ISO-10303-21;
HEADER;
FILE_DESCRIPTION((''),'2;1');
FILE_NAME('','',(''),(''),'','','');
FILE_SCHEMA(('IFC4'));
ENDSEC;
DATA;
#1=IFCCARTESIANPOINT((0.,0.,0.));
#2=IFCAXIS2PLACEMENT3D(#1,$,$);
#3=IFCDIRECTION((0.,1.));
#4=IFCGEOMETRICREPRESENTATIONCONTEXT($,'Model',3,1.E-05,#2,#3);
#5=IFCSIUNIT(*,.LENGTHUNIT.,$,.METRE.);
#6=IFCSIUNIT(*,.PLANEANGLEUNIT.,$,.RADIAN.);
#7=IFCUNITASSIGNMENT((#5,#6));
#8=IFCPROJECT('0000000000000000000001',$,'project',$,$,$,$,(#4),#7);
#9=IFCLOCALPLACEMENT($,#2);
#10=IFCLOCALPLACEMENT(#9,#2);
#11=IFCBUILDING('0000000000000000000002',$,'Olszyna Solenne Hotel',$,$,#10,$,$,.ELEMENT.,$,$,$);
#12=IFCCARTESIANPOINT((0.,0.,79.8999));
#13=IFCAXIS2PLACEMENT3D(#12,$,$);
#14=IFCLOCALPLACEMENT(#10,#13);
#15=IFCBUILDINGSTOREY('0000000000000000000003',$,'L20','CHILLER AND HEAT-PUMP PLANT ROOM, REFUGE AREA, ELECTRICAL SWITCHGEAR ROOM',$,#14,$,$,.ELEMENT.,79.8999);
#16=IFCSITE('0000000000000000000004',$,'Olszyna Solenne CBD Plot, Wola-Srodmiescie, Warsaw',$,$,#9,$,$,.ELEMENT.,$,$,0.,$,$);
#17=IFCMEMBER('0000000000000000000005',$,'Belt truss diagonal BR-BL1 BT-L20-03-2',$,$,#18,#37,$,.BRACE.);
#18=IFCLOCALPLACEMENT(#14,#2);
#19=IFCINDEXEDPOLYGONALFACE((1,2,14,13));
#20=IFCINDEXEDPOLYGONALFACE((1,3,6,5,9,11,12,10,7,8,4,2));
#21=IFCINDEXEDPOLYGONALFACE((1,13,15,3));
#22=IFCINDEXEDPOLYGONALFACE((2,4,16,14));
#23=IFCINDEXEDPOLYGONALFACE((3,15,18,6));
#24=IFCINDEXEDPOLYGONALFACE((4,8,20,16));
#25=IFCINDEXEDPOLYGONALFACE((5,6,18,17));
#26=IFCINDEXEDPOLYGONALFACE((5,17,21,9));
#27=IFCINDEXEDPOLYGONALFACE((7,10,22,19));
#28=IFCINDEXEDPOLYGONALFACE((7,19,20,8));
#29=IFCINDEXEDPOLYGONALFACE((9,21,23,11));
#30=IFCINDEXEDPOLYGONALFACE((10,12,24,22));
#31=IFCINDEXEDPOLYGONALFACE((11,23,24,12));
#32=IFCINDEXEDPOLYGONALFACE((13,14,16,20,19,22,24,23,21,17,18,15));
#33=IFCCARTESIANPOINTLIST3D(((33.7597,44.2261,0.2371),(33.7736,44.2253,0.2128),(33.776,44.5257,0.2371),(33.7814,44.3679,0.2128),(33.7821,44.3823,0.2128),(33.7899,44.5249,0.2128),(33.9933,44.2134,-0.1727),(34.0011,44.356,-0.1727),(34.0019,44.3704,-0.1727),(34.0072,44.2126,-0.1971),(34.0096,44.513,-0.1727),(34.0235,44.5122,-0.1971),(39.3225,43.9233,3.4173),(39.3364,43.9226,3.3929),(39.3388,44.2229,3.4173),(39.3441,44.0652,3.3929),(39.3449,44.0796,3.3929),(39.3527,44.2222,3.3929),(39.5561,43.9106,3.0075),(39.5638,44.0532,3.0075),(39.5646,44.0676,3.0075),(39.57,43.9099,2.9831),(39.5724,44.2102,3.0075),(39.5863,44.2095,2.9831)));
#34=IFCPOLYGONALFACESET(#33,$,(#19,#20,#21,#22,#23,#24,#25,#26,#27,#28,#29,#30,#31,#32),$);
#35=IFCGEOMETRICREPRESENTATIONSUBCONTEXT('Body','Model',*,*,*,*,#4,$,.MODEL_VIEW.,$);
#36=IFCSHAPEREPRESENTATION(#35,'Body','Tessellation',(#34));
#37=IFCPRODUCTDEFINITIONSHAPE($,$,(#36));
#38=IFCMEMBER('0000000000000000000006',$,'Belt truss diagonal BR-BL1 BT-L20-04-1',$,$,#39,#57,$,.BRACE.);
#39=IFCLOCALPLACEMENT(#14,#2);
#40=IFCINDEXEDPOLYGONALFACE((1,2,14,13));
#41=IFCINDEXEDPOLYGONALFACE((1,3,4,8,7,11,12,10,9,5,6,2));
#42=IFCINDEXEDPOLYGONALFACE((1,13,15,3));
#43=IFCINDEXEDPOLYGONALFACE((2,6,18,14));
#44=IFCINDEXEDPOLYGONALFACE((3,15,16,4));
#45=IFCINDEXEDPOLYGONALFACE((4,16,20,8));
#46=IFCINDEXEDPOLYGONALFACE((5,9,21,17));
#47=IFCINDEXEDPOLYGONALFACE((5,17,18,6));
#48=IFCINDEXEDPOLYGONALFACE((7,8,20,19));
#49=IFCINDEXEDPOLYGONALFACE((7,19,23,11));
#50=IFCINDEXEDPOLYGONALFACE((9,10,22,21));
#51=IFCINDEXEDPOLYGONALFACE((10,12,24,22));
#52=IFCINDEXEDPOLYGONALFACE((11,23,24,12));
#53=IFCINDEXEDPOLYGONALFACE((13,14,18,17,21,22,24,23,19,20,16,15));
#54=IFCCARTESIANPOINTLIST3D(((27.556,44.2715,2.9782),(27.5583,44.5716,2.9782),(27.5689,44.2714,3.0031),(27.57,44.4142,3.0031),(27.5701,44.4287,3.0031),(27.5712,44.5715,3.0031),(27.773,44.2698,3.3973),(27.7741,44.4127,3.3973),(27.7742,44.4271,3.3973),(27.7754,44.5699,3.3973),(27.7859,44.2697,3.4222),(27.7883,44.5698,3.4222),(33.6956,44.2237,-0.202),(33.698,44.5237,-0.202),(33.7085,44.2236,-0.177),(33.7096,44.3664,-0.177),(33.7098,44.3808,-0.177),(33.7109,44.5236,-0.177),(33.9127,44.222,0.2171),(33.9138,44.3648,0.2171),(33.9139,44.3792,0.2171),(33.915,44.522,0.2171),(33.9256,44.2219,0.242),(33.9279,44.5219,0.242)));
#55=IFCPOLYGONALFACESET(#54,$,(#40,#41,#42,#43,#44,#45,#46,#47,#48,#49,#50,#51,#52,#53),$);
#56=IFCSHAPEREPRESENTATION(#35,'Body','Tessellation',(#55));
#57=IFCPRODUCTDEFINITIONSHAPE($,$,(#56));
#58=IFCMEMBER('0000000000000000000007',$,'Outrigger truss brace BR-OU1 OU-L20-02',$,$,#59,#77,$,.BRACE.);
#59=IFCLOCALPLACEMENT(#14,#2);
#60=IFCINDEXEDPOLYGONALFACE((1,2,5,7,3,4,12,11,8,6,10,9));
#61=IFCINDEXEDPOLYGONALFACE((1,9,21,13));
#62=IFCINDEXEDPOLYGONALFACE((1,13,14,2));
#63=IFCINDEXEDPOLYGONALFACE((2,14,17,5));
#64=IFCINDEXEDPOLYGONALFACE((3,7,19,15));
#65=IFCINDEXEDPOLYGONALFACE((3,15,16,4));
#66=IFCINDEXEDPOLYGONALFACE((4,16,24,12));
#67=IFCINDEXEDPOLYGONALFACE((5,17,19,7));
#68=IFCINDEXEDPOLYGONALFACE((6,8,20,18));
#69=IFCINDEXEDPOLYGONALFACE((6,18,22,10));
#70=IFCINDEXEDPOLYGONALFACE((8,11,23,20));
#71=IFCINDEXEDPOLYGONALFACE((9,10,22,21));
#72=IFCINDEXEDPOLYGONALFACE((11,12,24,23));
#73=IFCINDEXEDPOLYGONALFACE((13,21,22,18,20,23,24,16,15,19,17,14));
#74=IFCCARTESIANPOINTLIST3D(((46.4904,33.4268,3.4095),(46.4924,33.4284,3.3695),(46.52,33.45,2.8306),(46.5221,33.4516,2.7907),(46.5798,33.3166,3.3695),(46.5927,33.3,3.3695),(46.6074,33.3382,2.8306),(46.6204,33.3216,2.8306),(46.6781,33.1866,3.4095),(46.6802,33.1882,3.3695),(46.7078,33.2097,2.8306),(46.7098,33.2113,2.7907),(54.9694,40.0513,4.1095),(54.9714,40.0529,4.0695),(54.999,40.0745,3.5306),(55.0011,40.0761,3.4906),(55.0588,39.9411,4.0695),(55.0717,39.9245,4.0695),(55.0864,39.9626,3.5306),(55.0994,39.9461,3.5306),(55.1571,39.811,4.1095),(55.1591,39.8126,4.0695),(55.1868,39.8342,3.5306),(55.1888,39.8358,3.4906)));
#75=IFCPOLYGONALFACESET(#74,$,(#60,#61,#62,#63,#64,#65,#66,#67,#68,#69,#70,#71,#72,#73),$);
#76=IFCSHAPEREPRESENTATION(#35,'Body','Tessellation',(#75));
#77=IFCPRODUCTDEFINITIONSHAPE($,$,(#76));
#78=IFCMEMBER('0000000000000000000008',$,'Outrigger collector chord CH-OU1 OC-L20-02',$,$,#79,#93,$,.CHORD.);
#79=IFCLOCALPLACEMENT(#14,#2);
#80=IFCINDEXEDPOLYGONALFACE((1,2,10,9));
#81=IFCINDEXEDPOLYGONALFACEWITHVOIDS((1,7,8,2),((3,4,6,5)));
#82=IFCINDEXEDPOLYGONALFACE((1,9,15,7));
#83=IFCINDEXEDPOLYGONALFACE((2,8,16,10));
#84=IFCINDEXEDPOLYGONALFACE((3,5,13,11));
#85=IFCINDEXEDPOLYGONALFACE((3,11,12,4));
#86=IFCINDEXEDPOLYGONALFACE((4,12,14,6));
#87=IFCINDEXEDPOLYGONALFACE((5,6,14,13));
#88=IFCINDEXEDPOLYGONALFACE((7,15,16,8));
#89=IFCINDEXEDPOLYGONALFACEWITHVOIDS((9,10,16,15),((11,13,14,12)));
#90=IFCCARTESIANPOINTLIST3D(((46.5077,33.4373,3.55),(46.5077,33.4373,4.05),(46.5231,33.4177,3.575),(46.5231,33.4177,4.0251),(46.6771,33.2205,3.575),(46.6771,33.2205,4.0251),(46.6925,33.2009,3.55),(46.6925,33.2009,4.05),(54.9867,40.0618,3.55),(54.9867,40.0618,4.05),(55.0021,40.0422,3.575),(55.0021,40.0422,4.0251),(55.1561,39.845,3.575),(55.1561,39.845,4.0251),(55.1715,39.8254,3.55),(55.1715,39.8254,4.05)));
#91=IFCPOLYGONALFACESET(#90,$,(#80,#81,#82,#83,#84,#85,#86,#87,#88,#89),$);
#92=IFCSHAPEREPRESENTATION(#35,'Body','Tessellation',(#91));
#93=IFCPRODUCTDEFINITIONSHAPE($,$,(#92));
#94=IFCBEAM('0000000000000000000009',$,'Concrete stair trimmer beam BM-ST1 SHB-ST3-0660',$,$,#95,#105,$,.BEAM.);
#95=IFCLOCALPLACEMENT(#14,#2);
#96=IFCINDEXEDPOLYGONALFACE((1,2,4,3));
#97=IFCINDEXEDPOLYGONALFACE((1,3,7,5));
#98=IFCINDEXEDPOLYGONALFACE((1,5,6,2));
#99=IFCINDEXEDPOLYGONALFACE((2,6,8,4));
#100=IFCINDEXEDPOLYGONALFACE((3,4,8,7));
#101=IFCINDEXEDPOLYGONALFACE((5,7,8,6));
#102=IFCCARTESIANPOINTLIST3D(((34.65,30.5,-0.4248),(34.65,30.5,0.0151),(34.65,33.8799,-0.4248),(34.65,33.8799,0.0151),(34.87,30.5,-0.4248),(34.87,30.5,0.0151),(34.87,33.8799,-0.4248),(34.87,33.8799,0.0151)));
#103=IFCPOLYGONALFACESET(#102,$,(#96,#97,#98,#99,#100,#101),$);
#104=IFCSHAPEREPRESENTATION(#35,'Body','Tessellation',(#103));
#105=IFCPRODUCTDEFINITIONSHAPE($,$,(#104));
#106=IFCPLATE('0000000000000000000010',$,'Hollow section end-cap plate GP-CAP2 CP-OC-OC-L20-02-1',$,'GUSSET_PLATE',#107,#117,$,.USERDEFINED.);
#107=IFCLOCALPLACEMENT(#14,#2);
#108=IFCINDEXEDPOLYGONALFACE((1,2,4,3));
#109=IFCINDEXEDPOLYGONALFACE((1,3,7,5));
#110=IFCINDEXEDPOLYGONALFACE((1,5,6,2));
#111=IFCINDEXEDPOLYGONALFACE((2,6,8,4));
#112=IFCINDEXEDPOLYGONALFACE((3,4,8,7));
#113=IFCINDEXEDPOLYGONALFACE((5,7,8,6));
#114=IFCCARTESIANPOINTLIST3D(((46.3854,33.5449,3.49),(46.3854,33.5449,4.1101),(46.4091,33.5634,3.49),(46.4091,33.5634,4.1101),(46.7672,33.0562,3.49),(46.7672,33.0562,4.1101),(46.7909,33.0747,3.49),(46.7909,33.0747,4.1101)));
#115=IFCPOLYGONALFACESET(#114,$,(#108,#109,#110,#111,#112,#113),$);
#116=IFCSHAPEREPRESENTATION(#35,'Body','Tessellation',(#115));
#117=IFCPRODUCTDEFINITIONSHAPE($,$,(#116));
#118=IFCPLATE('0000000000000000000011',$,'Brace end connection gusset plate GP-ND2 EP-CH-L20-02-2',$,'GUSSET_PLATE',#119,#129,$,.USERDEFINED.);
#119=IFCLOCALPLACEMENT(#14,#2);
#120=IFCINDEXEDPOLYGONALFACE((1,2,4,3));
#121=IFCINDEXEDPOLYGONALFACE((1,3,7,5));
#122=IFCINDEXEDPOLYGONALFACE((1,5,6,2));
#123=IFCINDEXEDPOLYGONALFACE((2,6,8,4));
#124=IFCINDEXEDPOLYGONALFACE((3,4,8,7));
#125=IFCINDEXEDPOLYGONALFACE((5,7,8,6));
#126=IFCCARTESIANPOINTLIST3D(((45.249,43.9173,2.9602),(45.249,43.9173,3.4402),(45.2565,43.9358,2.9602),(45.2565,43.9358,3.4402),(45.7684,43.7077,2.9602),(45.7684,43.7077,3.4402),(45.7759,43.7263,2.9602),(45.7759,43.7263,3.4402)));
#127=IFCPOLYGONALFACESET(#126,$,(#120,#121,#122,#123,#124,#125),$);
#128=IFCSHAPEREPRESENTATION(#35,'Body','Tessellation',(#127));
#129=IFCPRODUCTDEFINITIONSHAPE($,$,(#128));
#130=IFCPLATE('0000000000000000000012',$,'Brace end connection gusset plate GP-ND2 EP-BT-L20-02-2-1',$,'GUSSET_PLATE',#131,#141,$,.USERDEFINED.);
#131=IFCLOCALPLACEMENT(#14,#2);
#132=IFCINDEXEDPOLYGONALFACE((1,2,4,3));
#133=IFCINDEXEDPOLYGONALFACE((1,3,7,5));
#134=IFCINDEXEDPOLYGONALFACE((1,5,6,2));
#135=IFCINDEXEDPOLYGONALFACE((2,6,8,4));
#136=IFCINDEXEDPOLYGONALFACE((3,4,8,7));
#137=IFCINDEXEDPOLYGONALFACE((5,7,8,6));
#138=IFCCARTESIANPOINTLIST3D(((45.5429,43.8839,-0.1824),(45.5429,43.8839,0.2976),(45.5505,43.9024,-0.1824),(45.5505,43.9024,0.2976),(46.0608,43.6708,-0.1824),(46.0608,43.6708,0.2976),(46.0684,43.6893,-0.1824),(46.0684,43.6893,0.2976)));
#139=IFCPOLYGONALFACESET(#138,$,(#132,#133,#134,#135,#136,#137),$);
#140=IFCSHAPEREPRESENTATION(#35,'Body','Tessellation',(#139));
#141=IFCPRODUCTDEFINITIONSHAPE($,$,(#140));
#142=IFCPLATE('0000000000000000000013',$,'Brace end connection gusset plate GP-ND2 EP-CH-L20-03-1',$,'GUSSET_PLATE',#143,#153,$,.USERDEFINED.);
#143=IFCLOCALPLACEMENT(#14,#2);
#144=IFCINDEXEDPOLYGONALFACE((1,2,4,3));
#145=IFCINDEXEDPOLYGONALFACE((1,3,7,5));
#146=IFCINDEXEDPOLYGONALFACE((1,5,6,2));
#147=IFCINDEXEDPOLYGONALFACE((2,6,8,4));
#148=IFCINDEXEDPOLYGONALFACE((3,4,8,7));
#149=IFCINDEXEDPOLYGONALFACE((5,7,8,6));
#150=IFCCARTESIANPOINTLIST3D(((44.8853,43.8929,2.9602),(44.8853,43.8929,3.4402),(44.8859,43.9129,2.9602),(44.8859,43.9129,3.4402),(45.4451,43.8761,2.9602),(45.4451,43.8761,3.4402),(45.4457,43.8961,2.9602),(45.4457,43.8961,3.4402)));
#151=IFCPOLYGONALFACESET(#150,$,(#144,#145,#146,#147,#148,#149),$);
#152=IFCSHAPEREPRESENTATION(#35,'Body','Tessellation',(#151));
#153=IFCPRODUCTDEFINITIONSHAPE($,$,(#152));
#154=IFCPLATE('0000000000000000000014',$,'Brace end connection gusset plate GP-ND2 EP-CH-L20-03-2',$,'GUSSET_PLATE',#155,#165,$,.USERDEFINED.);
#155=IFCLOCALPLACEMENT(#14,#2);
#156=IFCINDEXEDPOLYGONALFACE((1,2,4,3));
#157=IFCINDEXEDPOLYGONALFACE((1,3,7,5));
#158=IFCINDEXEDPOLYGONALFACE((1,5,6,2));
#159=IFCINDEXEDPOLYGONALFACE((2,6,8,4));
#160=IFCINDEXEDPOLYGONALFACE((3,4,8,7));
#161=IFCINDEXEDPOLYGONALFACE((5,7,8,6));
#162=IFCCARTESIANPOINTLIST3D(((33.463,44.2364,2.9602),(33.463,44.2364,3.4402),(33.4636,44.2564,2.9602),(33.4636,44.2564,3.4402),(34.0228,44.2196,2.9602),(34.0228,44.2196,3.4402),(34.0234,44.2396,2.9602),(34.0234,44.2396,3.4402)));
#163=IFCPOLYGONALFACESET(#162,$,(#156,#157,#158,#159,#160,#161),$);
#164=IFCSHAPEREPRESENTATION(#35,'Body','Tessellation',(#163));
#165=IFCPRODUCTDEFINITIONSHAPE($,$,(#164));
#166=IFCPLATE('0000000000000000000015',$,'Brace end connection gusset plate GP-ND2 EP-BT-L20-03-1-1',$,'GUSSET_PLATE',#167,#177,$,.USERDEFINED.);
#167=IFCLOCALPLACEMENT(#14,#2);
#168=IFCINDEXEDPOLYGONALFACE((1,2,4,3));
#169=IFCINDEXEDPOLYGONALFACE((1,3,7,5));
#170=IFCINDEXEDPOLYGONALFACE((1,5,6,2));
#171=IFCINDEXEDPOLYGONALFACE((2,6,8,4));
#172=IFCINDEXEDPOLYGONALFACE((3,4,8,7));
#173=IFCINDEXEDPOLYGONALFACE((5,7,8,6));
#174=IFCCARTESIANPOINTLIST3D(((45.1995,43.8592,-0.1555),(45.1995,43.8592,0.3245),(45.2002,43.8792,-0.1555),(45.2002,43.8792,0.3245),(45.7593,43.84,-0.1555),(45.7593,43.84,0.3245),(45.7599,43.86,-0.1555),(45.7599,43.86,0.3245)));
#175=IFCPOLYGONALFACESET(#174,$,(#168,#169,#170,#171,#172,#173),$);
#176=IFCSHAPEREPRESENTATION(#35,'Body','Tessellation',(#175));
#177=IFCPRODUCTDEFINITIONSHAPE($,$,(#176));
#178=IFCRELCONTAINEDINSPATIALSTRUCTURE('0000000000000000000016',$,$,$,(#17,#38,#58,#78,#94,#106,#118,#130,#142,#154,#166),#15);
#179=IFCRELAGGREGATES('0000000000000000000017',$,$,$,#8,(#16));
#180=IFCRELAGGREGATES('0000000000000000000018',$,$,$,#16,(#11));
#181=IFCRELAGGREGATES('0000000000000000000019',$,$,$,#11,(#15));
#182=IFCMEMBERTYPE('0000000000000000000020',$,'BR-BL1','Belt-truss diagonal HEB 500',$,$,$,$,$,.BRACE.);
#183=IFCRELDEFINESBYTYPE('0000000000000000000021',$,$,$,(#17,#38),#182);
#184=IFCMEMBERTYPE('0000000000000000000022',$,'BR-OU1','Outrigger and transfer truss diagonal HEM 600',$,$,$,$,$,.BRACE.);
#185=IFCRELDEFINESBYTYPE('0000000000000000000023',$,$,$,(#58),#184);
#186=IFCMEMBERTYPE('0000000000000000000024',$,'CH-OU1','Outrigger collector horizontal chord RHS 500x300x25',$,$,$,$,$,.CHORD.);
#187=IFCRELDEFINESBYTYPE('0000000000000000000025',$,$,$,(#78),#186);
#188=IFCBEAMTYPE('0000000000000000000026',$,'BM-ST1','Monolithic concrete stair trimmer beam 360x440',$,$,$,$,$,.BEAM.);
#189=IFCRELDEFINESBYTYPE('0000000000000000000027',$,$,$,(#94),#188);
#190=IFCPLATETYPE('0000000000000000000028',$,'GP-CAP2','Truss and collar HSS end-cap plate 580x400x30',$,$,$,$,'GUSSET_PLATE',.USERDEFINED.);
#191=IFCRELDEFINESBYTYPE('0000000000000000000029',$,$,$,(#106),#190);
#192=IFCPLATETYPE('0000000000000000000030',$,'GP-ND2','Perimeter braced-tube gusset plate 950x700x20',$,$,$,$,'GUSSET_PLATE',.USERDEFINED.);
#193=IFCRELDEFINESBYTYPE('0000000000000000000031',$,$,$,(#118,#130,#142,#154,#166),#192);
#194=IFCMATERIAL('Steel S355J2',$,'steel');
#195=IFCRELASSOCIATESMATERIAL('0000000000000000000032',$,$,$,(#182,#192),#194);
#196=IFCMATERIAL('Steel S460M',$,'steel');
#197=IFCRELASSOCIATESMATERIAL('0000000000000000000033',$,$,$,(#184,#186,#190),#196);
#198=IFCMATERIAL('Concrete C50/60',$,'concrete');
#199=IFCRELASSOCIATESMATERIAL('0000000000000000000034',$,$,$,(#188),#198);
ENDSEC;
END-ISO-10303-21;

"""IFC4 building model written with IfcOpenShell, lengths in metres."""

from ifc_helpers import new_model, si_unit, direction, frame, origin, origin_2d, place, context, subcontext, project, spatial, rectangle, hollow_rectangle, i_section, extrude, source, transform, mapped, material, material_profile, profile_set, type_object, element, save


model = new_model("IFC4")

# Units and contexts
model_context = context("Model", 3, precision=1e-05, world=origin(), true_north=direction((0.0, 1.0)))
body_context = subcontext(model_context, "Body", "Model", "MODEL_VIEW")
ifc_project = project(units=[si_unit("LENGTHUNIT", "METRE"), si_unit("PLANEANGLEUNIT", "RADIAN")], contexts=[model_context])

# Site, building, storey
site_placement = place(None, origin())
site = spatial("IfcSite", under=ifc_project, at=site_placement, Name="Olszyna Solenne CBD Plot, Wola-Srodmiescie, Warsaw", CompositionType="ELEMENT", RefElevation=0.0)
building_placement = place(site_placement, origin())
building = spatial("IfcBuilding", under=site, at=building_placement, Name="Olszyna Solenne Hotel", CompositionType="ELEMENT")
storey_placement = place(building_placement, frame((0.0, 0.0, 79.8999)))
storey = spatial("IfcBuildingStorey", under=building, at=storey_placement, Name="L20", Description="CHILLER AND HEAT-PUMP PLANT ROOM, REFUGE AREA, ELECTRICAL SWITCHGEAR ROOM", CompositionType="ELEMENT", Elevation=79.8999)

# Shared definitions
ifc_material_1 = material(Name="Steel S460M", Category="steel")

# Shared definitions
ifc_material_2 = material(Name="Steel S355J2", Category="steel")

# Members
ifc_material_profile_1 = material_profile(ifc_material_2, i_section(OverallWidth=0.3, OverallDepth=0.5, WebThickness=0.0144, FlangeThickness=0.0281, at=origin_2d()), Name="HEB 500", Category="load-bearing")
ifc_profile_set_1 = profile_set([ifc_material_profile_1], Name="Steel S355J2")
member_type_1 = type_object("IfcMemberType", Name="BR-BL1", Description="Belt-truss diagonal HEB 500", PredefinedType="BRACE", material=ifc_profile_set_1)
shared_shape_1 = source(origin(), body_context, "Body", "SweptSolid", [
    extrude(i_section(OverallWidth=0.3, OverallDepth=0.5, WebThickness=0.0144, FlangeThickness=0.0281, at=origin_2d()), origin(), (0.0, 0.0, 1.0), 6.4148),
])
member_1_placement = place(storey_placement, frame((33.8916, 44.3691, 0.02), z_axis=(0.867177, -0.047193, 0.495758), x_axis=(0.054341, 0.998522, 0.0)))
element("IfcMember", 1, at=member_1_placement, inside=storey, type_object=member_type_1, Name="Belt truss diagonal BR-BL1 BT-L20-03-2", PredefinedType="BRACE", context=body_context, shape_type="MappedRepresentation", body=[
    mapped(shared_shape_1, transform((0.0, 0.0, 0.0), x_axis=(1.0, 0.0, 0.0), y_axis=(0.0, 1.0, 0.0), z_axis=(0.0, 0.0, 1.0), scale=1.0)),
])
shared_shape_2 = source(origin(), body_context, "Body", "SweptSolid", [
    extrude(i_section(OverallWidth=0.3, OverallDepth=0.5, WebThickness=0.0144, FlangeThickness=0.0281, at=origin_2d()), origin(), (0.0, 0.0, 1.0), 6.9146),
])
member_2_placement = place(storey_placement, frame((33.8118, 44.3728, 0.02), z_axis=(-0.887931, 0.00692, 0.459925), x_axis=(-0.007794, -0.99997, 0.0)))
element("IfcMember", 2, at=member_2_placement, inside=storey, type_object=member_type_1, Name="Belt truss diagonal BR-BL1 BT-L20-04-1", PredefinedType="BRACE", context=body_context, shape_type="MappedRepresentation", body=[
    mapped(shared_shape_2, transform((0.0, 0.0, 0.0), x_axis=(1.0, 0.0, 0.0), y_axis=(0.0, 1.0, 0.0), z_axis=(0.0, 0.0, 1.0), scale=1.0)),
])
ifc_material_profile_2 = material_profile(ifc_material_1, i_section(OverallWidth=0.3049, OverallDepth=0.6201, WebThickness=0.021, FlangeThickness=0.04, at=origin_2d()), Name="HEM 600", Category="load-bearing")
ifc_profile_set_2 = profile_set([ifc_material_profile_2], Name="Steel S460M")
member_type_2 = type_object("IfcMemberType", Name="BR-OU1", Description="Outrigger and transfer truss diagonal HEM 600", PredefinedType="BRACE", material=ifc_profile_set_2)
shared_shape_3 = source(origin(), body_context, "Body", "SweptSolid", [
    extrude(i_section(OverallWidth=0.3049, OverallDepth=0.6201, WebThickness=0.021, FlangeThickness=0.04, at=origin_2d()), origin(), (0.0, 0.0, 1.0), 10.7827),
])
member_3_placement = place(storey_placement, frame((46.6001, 33.3191, 3.1001), z_axis=(0.786349, 0.614362, 0.064914), x_axis=(-0.615661, 0.788011, 0.0)))
element("IfcMember", 3, at=member_3_placement, inside=storey, type_object=member_type_2, Name="Outrigger truss brace BR-OU1 OU-L20-02", PredefinedType="BRACE", context=body_context, shape_type="MappedRepresentation", body=[
    mapped(shared_shape_3, transform((0.0, 0.0, 0.0), x_axis=(1.0, 0.0, 0.0), y_axis=(0.0, 1.0, 0.0), z_axis=(0.0, 0.0, 1.0), scale=1.0)),
])
ifc_material_profile_3 = material_profile(ifc_material_1, hollow_rectangle(XDim=0.3, YDim=0.5, WallThickness=0.0249, at=origin_2d()), Name="RHS 500x300x25", Category="load-bearing")
ifc_profile_set_3 = profile_set([ifc_material_profile_3], Name="Steel S460M")
member_type_3 = type_object("IfcMemberType", Name="CH-OU1", Description="Outrigger collector horizontal chord RHS 500x300x25", PredefinedType="CHORD", material=ifc_profile_set_3)
shared_shape_4 = source(origin(), body_context, "Body", "SweptSolid", [
    extrude(hollow_rectangle(XDim=0.3, YDim=0.5, WallThickness=0.0249, at=origin_2d()), origin(), (0.0, 0.0, 1.0), 10.76),
])
member_4_placement = place(storey_placement, frame((46.6001, 33.3191, 3.8), z_axis=(0.788011, 0.615661, 0.0), x_axis=(-0.615661, 0.788011, 0.0)))
element("IfcMember", 4, at=member_4_placement, inside=storey, type_object=member_type_3, Name="Outrigger collector chord CH-OU1 OC-L20-02", PredefinedType="CHORD", context=body_context, shape_type="MappedRepresentation", body=[
    mapped(shared_shape_4, transform((0.0, 0.0, 0.0), x_axis=(1.0, 0.0, 0.0), y_axis=(0.0, 1.0, 0.0), z_axis=(0.0, 0.0, 1.0), scale=1.0)),
])

# Beam
ifc_material_3 = material(Name="Concrete C50/60", Category="concrete")
ifc_material_profile_4 = material_profile(ifc_material_3, rectangle(XDim=0.22, YDim=0.4399, at=origin_2d()), Name="RC 220x440", Category="load-bearing")
ifc_profile_set_4 = profile_set([ifc_material_profile_4], Name="Concrete C50/60")
beam_type_1 = type_object("IfcBeamType", Name="BM-ST1", Description="Monolithic concrete stair trimmer beam 360x440", PredefinedType="BEAM", material=ifc_profile_set_4)
shared_shape_5 = source(origin(), body_context, "Body", "SweptSolid", [
    extrude(rectangle(XDim=0.22, YDim=0.4399, at=origin_2d()), origin(), (0.0, 0.0, 1.0), 3.3799),
])
beam_1_placement = place(storey_placement, frame((34.76, 30.5, -0.2048), z_axis=(0.0, 1.0, 0.0), x_axis=(-1.0, 0.0, 0.0)))
element("IfcBeam", 5, at=beam_1_placement, inside=storey, type_object=beam_type_1, Name="Concrete stair trimmer beam BM-ST1 SHB-ST3-0660", PredefinedType="BEAM", context=body_context, shape_type="MappedRepresentation", body=[
    mapped(shared_shape_5, transform((0.0, 0.0, 0.0), x_axis=(1.0, 0.0, 0.0), y_axis=(0.0, 1.0, 0.0), z_axis=(0.0, 0.0, 1.0), scale=1.0)),
])

# Plates
plate_type_1 = type_object("IfcPlateType", Name="GP-CAP2", Description="Truss and collar HSS end-cap plate 580x400x30", ElementType="GUSSET_PLATE", PredefinedType="USERDEFINED", material=ifc_material_1)
shared_shape_6 = source(origin(), body_context, "Body", "SweptSolid", [
    extrude(rectangle(XDim=0.03, YDim=0.6201, at=origin_2d()), origin(), (0.0, 0.0, 1.0), 0.6201),
])
plate_1_placement = place(storey_placement, frame((46.5881, 33.3098, 3.49), z_axis=(0.0, 0.0, 1.0), x_axis=(0.788011, 0.615661, 0.0)))
element("IfcPlate", 6, at=plate_1_placement, inside=storey, type_object=plate_type_1, Name="Hollow section end-cap plate GP-CAP2 CP-OC-OC-L20-02-1", ObjectType="GUSSET_PLATE", PredefinedType="USERDEFINED", context=body_context, shape_type="MappedRepresentation", body=[
    mapped(shared_shape_6, transform((0.0, 0.0, 0.0), x_axis=(1.0, 0.0, 0.0), y_axis=(0.0, 1.0, 0.0), z_axis=(0.0, 0.0, 1.0), scale=1.0)),
])
plate_type_2 = type_object("IfcPlateType", Name="GP-ND2", Description="Perimeter braced-tube gusset plate 950x700x20", ElementType="GUSSET_PLATE", PredefinedType="USERDEFINED", material=ifc_material_2)
shared_shape_7 = source(origin(), body_context, "Body", "SweptSolid", [
    extrude(rectangle(XDim=0.5601, YDim=0.02, at=origin_2d()), origin(), (0.0, 0.0, 1.0), 0.48),
])
for number, where, z_axis, x_axis, name in (
    (7, (45.5125, 43.8218, 2.9602), (0.0, 0.0, 1.0), (-0.92738, 0.374121, 0.0), "Brace end connection gusset plate GP-ND2 EP-CH-L20-02-2"),
    (8, (45.8057, 43.7866, -0.1824), (0.0, 0.0, 1.0), (0.924812, -0.380425, 0.0), "Brace end connection gusset plate GP-ND2 EP-BT-L20-02-2-1"),
    (9, (45.1655, 43.8945, 2.9602), (0.0, 0.0, 1.0), (-0.999549, 0.030015, 0.0), "Brace end connection gusset plate GP-ND2 EP-CH-L20-03-1"),
    (10, (33.7432, 44.238, 2.9602), (0.0, 0.0, 1.0), (-0.999549, 0.030015, 0.0), "Brace end connection gusset plate GP-ND2 EP-CH-L20-03-2"),
    (11, (45.4797, 43.8596, -0.1555), (0.0, 0.0, 1.0), (-0.999415, 0.034202, 0.0), "Brace end connection gusset plate GP-ND2 EP-BT-L20-03-1-1"),
):
    element("IfcPlate", number, at=place(storey_placement, frame(where, z_axis=z_axis, x_axis=x_axis)), inside=storey, type_object=plate_type_2, Name=name, ObjectType="GUSSET_PLATE", PredefinedType="USERDEFINED", context=body_context, shape_type="MappedRepresentation", body=[
        mapped(shared_shape_7, transform((0.0, 0.0, 0.0), x_axis=(1.0, 0.0, 0.0), y_axis=(0.0, 1.0, 0.0), z_axis=(0.0, 0.0, 1.0), scale=1.0)),
    ])

save(model, "model.ifc")
